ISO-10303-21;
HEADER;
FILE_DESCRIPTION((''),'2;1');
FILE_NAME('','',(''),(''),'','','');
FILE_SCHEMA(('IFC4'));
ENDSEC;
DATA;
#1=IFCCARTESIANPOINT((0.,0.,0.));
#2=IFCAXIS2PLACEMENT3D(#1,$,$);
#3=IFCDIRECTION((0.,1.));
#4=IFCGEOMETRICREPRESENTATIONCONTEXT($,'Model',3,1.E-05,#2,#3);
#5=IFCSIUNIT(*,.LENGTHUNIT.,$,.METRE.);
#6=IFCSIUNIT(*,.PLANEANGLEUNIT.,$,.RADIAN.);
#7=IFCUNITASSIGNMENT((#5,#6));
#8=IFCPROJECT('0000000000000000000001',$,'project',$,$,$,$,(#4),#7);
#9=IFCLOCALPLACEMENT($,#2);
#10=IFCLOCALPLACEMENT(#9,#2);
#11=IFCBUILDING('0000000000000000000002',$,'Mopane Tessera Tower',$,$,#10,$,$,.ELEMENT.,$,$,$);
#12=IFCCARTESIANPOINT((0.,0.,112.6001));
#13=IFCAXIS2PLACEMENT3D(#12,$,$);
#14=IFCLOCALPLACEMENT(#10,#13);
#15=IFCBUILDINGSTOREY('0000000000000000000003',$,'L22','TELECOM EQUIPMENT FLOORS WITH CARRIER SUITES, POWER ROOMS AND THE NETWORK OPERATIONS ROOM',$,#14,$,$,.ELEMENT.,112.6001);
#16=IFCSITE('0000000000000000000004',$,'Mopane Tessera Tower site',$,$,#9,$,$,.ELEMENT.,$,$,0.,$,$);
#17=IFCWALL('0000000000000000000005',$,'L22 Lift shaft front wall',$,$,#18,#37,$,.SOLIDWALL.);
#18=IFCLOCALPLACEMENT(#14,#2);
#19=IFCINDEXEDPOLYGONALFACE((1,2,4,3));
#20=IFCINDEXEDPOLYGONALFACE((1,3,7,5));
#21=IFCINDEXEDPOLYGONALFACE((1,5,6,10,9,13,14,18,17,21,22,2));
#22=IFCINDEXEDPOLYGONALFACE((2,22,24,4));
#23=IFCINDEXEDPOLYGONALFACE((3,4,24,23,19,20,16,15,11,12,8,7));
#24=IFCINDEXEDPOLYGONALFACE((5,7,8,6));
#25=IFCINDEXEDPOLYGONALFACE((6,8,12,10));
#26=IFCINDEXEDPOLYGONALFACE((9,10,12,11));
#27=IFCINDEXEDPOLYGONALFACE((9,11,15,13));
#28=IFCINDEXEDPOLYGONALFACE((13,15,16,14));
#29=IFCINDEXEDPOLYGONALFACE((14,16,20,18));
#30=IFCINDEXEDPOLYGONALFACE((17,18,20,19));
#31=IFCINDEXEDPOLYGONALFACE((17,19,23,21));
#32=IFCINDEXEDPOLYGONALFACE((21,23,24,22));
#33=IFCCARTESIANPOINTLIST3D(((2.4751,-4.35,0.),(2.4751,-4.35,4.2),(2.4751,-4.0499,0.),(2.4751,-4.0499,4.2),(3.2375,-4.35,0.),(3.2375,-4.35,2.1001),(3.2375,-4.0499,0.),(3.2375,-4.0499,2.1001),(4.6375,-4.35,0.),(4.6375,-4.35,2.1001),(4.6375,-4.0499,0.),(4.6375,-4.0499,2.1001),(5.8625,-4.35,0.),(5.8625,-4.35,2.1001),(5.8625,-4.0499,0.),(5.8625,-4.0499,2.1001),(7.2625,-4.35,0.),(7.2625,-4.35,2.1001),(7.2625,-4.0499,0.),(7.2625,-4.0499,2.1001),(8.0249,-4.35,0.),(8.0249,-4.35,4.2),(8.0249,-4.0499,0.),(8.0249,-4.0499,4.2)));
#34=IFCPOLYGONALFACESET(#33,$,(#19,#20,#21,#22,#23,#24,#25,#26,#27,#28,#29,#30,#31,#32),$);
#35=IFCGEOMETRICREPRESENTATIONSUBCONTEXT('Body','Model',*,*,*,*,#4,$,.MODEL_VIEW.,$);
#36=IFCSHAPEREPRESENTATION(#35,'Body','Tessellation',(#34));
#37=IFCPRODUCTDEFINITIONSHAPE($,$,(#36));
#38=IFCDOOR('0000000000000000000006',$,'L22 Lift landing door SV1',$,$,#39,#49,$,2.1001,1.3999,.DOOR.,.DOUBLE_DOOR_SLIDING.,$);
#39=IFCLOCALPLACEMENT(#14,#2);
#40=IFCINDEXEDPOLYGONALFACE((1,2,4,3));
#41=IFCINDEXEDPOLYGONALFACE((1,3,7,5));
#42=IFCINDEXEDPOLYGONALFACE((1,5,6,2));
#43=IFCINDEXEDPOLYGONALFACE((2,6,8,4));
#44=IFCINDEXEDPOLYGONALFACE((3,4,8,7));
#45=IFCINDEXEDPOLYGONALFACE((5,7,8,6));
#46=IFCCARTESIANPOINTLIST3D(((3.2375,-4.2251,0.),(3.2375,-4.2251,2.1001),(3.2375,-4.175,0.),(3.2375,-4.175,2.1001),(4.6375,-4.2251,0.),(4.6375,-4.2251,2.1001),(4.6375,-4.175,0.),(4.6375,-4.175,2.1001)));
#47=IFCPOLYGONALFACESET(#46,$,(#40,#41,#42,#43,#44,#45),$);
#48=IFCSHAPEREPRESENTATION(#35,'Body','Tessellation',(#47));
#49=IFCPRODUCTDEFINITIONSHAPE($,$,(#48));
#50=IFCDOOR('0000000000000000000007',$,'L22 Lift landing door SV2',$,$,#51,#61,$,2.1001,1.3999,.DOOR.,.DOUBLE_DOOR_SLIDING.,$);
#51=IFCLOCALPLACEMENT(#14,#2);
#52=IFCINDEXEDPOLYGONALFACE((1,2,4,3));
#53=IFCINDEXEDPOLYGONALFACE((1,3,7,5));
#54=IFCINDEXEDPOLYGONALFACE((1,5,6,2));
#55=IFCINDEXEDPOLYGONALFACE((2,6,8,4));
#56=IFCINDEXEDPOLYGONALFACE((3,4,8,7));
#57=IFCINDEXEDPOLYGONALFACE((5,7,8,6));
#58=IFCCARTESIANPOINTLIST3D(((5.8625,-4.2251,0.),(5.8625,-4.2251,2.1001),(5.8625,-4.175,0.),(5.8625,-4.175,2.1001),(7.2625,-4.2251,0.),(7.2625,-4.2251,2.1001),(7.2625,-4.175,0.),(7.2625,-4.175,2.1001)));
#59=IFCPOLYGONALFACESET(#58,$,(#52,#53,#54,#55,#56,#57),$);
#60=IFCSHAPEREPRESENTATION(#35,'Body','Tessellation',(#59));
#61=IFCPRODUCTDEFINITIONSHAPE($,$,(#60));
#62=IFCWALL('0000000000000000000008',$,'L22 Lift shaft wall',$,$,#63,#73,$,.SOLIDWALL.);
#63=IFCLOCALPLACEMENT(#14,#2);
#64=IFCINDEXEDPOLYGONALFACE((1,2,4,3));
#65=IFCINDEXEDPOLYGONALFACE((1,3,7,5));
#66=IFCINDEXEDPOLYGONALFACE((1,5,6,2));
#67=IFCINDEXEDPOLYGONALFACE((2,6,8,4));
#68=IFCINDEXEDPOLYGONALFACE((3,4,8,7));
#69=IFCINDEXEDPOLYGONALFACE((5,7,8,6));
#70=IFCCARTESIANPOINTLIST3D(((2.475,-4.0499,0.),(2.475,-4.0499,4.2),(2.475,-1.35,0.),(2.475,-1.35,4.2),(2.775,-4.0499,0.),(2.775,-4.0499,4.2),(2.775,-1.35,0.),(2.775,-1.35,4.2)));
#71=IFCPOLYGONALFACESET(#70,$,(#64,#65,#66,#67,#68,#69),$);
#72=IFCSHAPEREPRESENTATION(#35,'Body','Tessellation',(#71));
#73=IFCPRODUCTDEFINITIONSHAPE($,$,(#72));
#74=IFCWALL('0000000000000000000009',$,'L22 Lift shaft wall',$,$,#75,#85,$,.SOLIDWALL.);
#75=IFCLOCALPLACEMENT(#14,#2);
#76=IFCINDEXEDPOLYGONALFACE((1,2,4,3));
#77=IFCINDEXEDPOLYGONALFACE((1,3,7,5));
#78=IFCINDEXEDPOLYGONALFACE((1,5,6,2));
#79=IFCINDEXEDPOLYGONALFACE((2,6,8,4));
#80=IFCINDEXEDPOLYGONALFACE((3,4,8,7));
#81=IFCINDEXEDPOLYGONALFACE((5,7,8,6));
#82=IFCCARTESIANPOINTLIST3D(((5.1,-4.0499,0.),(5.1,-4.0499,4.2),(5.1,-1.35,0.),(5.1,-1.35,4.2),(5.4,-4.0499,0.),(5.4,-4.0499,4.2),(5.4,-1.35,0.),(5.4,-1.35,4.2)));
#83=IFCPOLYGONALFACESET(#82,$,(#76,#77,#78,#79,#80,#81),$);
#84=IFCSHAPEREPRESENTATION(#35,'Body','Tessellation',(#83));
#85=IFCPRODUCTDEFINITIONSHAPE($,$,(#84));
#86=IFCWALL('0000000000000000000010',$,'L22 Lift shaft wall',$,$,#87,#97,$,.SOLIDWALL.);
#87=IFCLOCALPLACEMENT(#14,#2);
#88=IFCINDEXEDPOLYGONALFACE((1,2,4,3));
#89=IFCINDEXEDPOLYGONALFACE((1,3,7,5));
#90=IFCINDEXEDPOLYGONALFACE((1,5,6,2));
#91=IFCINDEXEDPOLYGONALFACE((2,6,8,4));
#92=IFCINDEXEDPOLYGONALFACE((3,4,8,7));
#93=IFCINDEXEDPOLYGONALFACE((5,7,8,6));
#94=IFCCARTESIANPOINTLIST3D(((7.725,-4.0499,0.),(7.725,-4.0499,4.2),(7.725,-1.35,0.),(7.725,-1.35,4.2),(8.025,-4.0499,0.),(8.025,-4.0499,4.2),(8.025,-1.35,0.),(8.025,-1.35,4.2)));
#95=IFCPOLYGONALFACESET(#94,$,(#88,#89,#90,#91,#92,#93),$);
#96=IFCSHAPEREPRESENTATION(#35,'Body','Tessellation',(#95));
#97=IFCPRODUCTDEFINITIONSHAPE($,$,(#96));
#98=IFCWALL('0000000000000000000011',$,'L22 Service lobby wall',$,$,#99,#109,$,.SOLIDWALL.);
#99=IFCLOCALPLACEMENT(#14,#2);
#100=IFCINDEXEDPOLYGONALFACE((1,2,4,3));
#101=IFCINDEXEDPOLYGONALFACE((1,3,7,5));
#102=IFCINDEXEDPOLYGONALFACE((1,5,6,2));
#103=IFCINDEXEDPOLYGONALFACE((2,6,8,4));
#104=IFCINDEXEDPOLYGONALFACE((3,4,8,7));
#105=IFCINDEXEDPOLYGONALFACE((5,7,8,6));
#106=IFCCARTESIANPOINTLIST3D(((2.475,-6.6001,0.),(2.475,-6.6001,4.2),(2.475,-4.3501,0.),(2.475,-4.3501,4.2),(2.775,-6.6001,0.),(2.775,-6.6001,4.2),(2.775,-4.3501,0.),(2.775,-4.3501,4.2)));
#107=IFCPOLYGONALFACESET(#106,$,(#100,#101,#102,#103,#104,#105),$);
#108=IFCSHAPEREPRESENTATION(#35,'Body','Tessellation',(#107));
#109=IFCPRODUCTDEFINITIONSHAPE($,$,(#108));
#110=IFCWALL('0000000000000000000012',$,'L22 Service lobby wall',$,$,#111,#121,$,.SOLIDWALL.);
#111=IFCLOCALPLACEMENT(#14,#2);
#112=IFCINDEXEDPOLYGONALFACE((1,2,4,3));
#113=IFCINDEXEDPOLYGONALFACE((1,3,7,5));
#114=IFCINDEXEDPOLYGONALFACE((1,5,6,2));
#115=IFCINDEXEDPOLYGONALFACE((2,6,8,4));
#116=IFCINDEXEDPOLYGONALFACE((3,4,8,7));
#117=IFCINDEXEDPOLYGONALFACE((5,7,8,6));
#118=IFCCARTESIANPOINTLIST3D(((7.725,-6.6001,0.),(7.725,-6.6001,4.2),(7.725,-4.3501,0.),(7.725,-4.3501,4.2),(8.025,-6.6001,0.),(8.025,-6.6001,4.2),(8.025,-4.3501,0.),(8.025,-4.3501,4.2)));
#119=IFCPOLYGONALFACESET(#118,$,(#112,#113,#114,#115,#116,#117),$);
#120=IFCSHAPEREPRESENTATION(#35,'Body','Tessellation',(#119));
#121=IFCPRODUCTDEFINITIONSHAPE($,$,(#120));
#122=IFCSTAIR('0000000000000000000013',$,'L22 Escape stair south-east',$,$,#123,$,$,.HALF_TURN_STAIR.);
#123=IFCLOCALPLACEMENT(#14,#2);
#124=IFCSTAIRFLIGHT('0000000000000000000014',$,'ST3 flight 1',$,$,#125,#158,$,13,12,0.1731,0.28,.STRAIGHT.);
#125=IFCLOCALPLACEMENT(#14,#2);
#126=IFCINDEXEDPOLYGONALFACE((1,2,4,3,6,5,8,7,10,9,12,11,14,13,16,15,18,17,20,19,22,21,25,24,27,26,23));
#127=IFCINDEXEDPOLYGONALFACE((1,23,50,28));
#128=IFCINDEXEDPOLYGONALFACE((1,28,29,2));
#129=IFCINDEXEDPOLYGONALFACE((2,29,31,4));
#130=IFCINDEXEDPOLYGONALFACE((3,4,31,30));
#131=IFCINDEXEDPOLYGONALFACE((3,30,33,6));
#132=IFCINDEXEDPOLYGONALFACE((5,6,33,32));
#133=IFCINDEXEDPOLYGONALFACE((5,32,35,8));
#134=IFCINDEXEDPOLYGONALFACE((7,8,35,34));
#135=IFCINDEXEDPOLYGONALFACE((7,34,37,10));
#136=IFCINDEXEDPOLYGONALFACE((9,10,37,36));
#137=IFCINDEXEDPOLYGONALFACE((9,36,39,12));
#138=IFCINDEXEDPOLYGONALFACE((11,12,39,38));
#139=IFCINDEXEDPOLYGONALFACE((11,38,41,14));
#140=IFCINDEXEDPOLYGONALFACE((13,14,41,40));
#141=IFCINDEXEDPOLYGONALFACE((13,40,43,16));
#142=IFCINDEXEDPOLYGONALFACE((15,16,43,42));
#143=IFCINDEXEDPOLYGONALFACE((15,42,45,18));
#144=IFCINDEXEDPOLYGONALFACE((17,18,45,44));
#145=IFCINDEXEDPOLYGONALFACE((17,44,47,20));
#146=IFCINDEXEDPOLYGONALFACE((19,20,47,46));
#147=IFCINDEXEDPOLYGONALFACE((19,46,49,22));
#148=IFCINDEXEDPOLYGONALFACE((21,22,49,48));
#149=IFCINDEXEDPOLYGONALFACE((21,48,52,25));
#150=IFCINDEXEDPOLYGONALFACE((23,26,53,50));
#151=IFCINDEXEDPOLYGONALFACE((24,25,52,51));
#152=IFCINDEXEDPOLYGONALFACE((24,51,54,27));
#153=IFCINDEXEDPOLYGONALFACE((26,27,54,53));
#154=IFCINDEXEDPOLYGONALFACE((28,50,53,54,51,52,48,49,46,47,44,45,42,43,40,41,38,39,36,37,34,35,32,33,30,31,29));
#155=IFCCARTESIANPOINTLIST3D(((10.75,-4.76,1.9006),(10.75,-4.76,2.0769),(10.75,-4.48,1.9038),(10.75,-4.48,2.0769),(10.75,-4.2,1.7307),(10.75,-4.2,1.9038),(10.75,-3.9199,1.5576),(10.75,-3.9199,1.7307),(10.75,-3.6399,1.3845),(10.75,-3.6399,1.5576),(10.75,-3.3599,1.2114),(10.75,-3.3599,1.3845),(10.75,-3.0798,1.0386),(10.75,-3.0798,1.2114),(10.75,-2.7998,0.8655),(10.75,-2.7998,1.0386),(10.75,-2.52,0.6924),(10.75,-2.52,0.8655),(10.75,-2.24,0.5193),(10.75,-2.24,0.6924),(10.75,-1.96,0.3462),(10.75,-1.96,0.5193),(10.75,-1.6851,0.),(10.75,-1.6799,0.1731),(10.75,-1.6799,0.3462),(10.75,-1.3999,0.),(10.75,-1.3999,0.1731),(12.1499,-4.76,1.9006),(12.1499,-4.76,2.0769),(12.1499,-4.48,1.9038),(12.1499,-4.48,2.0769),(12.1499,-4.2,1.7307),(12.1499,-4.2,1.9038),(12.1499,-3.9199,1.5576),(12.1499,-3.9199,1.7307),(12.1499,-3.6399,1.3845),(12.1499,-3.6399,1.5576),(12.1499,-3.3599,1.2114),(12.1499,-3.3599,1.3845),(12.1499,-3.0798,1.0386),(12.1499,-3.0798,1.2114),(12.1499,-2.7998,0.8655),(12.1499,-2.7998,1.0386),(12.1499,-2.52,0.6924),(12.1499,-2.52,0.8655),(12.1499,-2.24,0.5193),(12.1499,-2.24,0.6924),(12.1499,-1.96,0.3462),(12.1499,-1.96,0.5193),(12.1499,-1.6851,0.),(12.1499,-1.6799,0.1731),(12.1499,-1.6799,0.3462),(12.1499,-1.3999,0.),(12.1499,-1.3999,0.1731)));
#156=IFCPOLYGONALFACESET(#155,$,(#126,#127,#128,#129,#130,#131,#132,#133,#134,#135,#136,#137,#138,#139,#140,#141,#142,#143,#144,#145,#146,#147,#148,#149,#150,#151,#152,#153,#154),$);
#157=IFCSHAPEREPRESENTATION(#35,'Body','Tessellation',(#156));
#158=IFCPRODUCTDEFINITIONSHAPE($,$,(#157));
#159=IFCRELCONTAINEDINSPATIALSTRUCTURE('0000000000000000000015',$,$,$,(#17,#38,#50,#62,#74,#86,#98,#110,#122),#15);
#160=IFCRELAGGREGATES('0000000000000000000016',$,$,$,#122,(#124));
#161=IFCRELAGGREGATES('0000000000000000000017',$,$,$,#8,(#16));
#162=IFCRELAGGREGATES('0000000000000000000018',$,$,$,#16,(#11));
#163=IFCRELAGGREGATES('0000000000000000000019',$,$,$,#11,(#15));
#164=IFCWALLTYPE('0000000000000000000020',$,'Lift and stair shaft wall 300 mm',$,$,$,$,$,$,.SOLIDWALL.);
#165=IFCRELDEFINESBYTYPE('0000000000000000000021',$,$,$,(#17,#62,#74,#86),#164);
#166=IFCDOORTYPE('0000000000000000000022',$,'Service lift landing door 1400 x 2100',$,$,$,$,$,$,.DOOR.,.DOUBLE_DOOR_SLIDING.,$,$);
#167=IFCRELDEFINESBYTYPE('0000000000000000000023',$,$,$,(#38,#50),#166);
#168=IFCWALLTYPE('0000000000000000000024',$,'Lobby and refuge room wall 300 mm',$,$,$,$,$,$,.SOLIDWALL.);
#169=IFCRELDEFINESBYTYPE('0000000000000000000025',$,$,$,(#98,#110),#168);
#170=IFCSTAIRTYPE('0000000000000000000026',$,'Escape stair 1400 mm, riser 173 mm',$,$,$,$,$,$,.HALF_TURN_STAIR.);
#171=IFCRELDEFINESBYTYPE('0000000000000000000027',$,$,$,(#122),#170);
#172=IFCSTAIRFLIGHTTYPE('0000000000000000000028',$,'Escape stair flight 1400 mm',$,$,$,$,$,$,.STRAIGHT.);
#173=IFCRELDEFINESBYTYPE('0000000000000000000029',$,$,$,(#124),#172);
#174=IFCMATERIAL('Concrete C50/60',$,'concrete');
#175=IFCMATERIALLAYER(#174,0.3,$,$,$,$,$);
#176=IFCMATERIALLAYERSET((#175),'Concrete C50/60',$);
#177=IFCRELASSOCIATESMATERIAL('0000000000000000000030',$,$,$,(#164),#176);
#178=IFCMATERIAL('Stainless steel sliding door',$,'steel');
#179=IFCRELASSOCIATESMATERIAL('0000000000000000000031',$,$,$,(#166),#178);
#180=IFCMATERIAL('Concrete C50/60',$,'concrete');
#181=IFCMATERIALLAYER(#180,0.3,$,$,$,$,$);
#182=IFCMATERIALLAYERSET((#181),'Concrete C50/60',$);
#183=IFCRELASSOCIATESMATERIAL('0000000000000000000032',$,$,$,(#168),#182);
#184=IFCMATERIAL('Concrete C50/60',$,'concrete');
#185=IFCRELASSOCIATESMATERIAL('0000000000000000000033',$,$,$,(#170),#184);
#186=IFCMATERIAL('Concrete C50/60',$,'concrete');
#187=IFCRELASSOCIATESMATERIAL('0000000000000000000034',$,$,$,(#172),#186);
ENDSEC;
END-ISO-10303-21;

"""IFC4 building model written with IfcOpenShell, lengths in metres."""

from ifc_helpers import new_model, si_unit, direction, frame, frame_2d, origin, place, context, subcontext, project, spatial, polyline, rectangle, outline, extrude, material, layer, layer_set, type_object, element, fill, aggregate, save


model = new_model("IFC4")

# Units and contexts
model_context = context("Model", 3, precision=1e-05, world=origin(), true_north=direction((0.0, 1.0)))
body_context = subcontext(model_context, "Body", "Model", "MODEL_VIEW")
ifc_project = project(units=[si_unit("LENGTHUNIT", "METRE"), si_unit("PLANEANGLEUNIT", "RADIAN")], contexts=[model_context])

# Site, building, storey
site_placement = place(None, origin())
site = spatial("IfcSite", under=ifc_project, at=site_placement, Name="Mopane Tessera Tower site", CompositionType="ELEMENT", RefElevation=0.0)
building_placement = place(site_placement, origin())
building = spatial("IfcBuilding", under=site, at=building_placement, Name="Mopane Tessera Tower", CompositionType="ELEMENT")
storey_placement = place(building_placement, frame((0.0, 0.0, 112.6001)))
storey = spatial("IfcBuildingStorey", under=building, at=storey_placement, Name="L22", Description="TELECOM EQUIPMENT FLOORS WITH CARRIER SUITES, POWER ROOMS AND THE NETWORK OPERATIONS ROOM", CompositionType="ELEMENT", Elevation=112.6001)

# Shared definitions
ifc_material_1 = material(Name="Concrete C50/60", Category="concrete")
ifc_layer_1 = layer(ifc_material_1, 0.3)
ifc_layer_set_1 = layer_set([ifc_layer_1], Name="Concrete C50/60")
wall_type_1 = type_object("IfcWallType", Name="Lift and stair shaft wall 300 mm", PredefinedType="SOLIDWALL", material=ifc_layer_set_1)

# Wall, openings, doors
wall_1_placement = place(storey_placement, frame((2.4751, -4.2, 0.0), z_axis=(0.0, 0.0, 1.0), x_axis=(1.0, 0.0, 0.0)))
wall_1 = element("IfcWall", 1, at=wall_1_placement, inside=storey, type_object=wall_type_1, Name="L22 Lift shaft front wall", PredefinedType="SOLIDWALL", context=body_context, shape_type="SweptSolid", body=[
    extrude(rectangle(XDim=5.5498, YDim=0.3, at=frame_2d((2.7749, 0.0))), origin(), (0.0, 0.0, 1.0), 4.2),
])
opening_1_placement = place(wall_1_placement, frame((0.7625, 0.0, 0.0)))
opening_1 = element("IfcOpeningElement", 2, at=opening_1_placement, cuts=wall_1, PredefinedType="OPENING", context=body_context, shape_type="SweptSolid", body=[
    extrude(rectangle(XDim=1.3999, YDim=2.1001, at=frame_2d((0.7, 1.05))), frame((0.0, 0.1621, 0.0), z_axis=(0.0, -1.0, 0.0), x_axis=(1.0, 0.0, 0.0)), (0.0, 0.0, 1.0), 0.324),
])
opening_2_placement = place(wall_1_placement, frame((3.3875, 0.0, 0.0)))
opening_2 = element("IfcOpeningElement", 3, at=opening_2_placement, cuts=wall_1, PredefinedType="OPENING", context=body_context, shape_type="SweptSolid", body=[
    extrude(rectangle(XDim=1.3999, YDim=2.1001, at=frame_2d((0.7, 1.05))), frame((0.0, 0.1621, 0.0), z_axis=(0.0, -1.0, 0.0), x_axis=(1.0, 0.0, 0.0)), (0.0, 0.0, 1.0), 0.324),
])
ifc_material_2 = material(Name="Stainless steel sliding door", Category="steel")
door_type = type_object("IfcDoorType", Name="Service lift landing door 1400 x 2100", OperationType="DOUBLE_DOOR_SLIDING", PredefinedType="DOOR", material=ifc_material_2)
door_1_placement = place(opening_1_placement, origin())
door_1 = element("IfcDoor", 4, at=door_1_placement, inside=storey, type_object=door_type, Name="L22 Lift landing door SV1", OperationType="DOUBLE_DOOR_SLIDING", OverallHeight=2.1001, OverallWidth=1.3999, PredefinedType="DOOR", context=body_context, shape_type="SweptSolid", body=[
    extrude(rectangle(XDim=1.3999, YDim=2.1001, at=frame_2d((0.7, 1.05))), frame((0.0, 0.0249, 0.0), z_axis=(0.0, -1.0, 0.0), x_axis=(1.0, 0.0, 0.0)), (0.0, 0.0, 1.0), 0.05),
])
fill(opening_1, door_1)
door_2_placement = place(opening_2_placement, origin())
door_2 = element("IfcDoor", 5, at=door_2_placement, inside=storey, type_object=door_type, Name="L22 Lift landing door SV2", OperationType="DOUBLE_DOOR_SLIDING", OverallHeight=2.1001, OverallWidth=1.3999, PredefinedType="DOOR", context=body_context, shape_type="SweptSolid", body=[
    extrude(rectangle(XDim=1.3999, YDim=2.1001, at=frame_2d((0.7, 1.05))), frame((0.0, 0.0249, 0.0), z_axis=(0.0, -1.0, 0.0), x_axis=(1.0, 0.0, 0.0)), (0.0, 0.0, 1.0), 0.05),
])
fill(opening_2, door_2)

# Walls
for number, where, z_axis, x_axis, name in (
    (6, (2.625, -4.05, 0.0), (0.0, 0.0, 1.0), (0.0, 1.0, 0.0), "L22 Lift shaft wall"),
    (7, (5.25, -4.05, 0.0), (0.0, 0.0, 1.0), (0.0, 1.0, 0.0), "L22 Lift shaft wall"),
    (8, (7.875, -4.05, 0.0), (0.0, 0.0, 1.0), (0.0, 1.0, 0.0), "L22 Lift shaft wall"),
):
    element("IfcWall", number, at=place(storey_placement, frame(where, z_axis=z_axis, x_axis=x_axis)), inside=storey, type_object=wall_type_1, Name=name, PredefinedType="SOLIDWALL", context=body_context, shape_type="SweptSolid", body=[
        extrude(rectangle(XDim=2.7, YDim=0.3, at=frame_2d((1.3501, 0.0))), origin(), (0.0, 0.0, 1.0), 4.2),
    ])
ifc_material_3 = material(Name="Concrete C50/60", Category="concrete")
ifc_layer_2 = layer(ifc_material_3, 0.3)
ifc_layer_set_2 = layer_set([ifc_layer_2], Name="Concrete C50/60")
wall_type_2 = type_object("IfcWallType", Name="Lobby and refuge room wall 300 mm", PredefinedType="SOLIDWALL", material=ifc_layer_set_2)
for number, where, z_axis, x_axis, name in (
    (9, (2.625, -6.6001, 0.0), (0.0, 0.0, 1.0), (0.0, 1.0, 0.0), "L22 Service lobby wall"),
    (10, (7.875, -6.6001, 0.0), (0.0, 0.0, 1.0), (0.0, 1.0, 0.0), "L22 Service lobby wall"),
):
    element("IfcWall", number, at=place(storey_placement, frame(where, z_axis=z_axis, x_axis=x_axis)), inside=storey, type_object=wall_type_2, Name=name, PredefinedType="SOLIDWALL", context=body_context, shape_type="SweptSolid", body=[
        extrude(rectangle(XDim=2.25, YDim=0.3, at=frame_2d((1.125, 0.0))), origin(), (0.0, 0.0, 1.0), 4.2),
    ])

# Stair, stair flight
ifc_material_4 = material(Name="Concrete C50/60", Category="concrete")
stair_type = type_object("IfcStairType", Name="Escape stair 1400 mm, riser 173 mm", PredefinedType="HALF_TURN_STAIR", material=ifc_material_4)
stair_placement = place(storey_placement, origin())
stair = element("IfcStair", 11, at=stair_placement, inside=storey, type_object=stair_type, Name="L22 Escape stair south-east", PredefinedType="HALF_TURN_STAIR")
ifc_material_5 = material(Name="Concrete C50/60", Category="concrete")
stair_flight_type = type_object("IfcStairFlightType", Name="Escape stair flight 1400 mm", PredefinedType="STRAIGHT", material=ifc_material_5)
stair_flight_placement = place(storey_placement, frame((11.45, -1.3999, 0.0), z_axis=(0.0, 0.0, 1.0), x_axis=(0.0, -1.0, 0.0)))
stair_flight = element("IfcStairFlight", 12, at=stair_flight_placement, type_object=stair_flight_type, Name="ST3 flight 1", NumberOfRisers=13, NumberOfTreads=12, PredefinedType="STRAIGHT", RiserHeight=0.1731, TreadLength=0.28, context=body_context, shape_type="SweptSolid", body=[
    extrude(outline(polyline([(0.0, 0.0), (0.0, 0.1731), (0.28, 0.1731), (0.28, 0.3462), (0.5601, 0.3462), (0.5601, 0.5193), (0.8401, 0.5193), (0.8401, 0.6924), (1.1201, 0.6924), (1.1201, 0.8655), (1.3999, 0.8655), (1.3999, 1.0386), (1.6799, 1.0386), (1.6799, 1.2114), (1.96, 1.2114), (1.96, 1.3845), (2.24, 1.3845), (2.24, 1.5576), (2.52, 1.5576), (2.52, 1.7307), (2.8, 1.7307), (2.8, 1.9038), (3.0801, 1.9038), (3.0801, 2.0769), (3.3601, 2.0769), (3.3601, 2.25), (3.3601, 1.9006), (0.2852, 0.0), (0.0, 0.0)])), frame((0.0, 0.7, 0.0), z_axis=(0.0, -1.0, 0.0), x_axis=(1.0, 0.0, 0.0)), (0.0, 0.0, 1.0), 1.3999),
])
aggregate(stair, [stair_flight])

save(model, "model.ifc")
